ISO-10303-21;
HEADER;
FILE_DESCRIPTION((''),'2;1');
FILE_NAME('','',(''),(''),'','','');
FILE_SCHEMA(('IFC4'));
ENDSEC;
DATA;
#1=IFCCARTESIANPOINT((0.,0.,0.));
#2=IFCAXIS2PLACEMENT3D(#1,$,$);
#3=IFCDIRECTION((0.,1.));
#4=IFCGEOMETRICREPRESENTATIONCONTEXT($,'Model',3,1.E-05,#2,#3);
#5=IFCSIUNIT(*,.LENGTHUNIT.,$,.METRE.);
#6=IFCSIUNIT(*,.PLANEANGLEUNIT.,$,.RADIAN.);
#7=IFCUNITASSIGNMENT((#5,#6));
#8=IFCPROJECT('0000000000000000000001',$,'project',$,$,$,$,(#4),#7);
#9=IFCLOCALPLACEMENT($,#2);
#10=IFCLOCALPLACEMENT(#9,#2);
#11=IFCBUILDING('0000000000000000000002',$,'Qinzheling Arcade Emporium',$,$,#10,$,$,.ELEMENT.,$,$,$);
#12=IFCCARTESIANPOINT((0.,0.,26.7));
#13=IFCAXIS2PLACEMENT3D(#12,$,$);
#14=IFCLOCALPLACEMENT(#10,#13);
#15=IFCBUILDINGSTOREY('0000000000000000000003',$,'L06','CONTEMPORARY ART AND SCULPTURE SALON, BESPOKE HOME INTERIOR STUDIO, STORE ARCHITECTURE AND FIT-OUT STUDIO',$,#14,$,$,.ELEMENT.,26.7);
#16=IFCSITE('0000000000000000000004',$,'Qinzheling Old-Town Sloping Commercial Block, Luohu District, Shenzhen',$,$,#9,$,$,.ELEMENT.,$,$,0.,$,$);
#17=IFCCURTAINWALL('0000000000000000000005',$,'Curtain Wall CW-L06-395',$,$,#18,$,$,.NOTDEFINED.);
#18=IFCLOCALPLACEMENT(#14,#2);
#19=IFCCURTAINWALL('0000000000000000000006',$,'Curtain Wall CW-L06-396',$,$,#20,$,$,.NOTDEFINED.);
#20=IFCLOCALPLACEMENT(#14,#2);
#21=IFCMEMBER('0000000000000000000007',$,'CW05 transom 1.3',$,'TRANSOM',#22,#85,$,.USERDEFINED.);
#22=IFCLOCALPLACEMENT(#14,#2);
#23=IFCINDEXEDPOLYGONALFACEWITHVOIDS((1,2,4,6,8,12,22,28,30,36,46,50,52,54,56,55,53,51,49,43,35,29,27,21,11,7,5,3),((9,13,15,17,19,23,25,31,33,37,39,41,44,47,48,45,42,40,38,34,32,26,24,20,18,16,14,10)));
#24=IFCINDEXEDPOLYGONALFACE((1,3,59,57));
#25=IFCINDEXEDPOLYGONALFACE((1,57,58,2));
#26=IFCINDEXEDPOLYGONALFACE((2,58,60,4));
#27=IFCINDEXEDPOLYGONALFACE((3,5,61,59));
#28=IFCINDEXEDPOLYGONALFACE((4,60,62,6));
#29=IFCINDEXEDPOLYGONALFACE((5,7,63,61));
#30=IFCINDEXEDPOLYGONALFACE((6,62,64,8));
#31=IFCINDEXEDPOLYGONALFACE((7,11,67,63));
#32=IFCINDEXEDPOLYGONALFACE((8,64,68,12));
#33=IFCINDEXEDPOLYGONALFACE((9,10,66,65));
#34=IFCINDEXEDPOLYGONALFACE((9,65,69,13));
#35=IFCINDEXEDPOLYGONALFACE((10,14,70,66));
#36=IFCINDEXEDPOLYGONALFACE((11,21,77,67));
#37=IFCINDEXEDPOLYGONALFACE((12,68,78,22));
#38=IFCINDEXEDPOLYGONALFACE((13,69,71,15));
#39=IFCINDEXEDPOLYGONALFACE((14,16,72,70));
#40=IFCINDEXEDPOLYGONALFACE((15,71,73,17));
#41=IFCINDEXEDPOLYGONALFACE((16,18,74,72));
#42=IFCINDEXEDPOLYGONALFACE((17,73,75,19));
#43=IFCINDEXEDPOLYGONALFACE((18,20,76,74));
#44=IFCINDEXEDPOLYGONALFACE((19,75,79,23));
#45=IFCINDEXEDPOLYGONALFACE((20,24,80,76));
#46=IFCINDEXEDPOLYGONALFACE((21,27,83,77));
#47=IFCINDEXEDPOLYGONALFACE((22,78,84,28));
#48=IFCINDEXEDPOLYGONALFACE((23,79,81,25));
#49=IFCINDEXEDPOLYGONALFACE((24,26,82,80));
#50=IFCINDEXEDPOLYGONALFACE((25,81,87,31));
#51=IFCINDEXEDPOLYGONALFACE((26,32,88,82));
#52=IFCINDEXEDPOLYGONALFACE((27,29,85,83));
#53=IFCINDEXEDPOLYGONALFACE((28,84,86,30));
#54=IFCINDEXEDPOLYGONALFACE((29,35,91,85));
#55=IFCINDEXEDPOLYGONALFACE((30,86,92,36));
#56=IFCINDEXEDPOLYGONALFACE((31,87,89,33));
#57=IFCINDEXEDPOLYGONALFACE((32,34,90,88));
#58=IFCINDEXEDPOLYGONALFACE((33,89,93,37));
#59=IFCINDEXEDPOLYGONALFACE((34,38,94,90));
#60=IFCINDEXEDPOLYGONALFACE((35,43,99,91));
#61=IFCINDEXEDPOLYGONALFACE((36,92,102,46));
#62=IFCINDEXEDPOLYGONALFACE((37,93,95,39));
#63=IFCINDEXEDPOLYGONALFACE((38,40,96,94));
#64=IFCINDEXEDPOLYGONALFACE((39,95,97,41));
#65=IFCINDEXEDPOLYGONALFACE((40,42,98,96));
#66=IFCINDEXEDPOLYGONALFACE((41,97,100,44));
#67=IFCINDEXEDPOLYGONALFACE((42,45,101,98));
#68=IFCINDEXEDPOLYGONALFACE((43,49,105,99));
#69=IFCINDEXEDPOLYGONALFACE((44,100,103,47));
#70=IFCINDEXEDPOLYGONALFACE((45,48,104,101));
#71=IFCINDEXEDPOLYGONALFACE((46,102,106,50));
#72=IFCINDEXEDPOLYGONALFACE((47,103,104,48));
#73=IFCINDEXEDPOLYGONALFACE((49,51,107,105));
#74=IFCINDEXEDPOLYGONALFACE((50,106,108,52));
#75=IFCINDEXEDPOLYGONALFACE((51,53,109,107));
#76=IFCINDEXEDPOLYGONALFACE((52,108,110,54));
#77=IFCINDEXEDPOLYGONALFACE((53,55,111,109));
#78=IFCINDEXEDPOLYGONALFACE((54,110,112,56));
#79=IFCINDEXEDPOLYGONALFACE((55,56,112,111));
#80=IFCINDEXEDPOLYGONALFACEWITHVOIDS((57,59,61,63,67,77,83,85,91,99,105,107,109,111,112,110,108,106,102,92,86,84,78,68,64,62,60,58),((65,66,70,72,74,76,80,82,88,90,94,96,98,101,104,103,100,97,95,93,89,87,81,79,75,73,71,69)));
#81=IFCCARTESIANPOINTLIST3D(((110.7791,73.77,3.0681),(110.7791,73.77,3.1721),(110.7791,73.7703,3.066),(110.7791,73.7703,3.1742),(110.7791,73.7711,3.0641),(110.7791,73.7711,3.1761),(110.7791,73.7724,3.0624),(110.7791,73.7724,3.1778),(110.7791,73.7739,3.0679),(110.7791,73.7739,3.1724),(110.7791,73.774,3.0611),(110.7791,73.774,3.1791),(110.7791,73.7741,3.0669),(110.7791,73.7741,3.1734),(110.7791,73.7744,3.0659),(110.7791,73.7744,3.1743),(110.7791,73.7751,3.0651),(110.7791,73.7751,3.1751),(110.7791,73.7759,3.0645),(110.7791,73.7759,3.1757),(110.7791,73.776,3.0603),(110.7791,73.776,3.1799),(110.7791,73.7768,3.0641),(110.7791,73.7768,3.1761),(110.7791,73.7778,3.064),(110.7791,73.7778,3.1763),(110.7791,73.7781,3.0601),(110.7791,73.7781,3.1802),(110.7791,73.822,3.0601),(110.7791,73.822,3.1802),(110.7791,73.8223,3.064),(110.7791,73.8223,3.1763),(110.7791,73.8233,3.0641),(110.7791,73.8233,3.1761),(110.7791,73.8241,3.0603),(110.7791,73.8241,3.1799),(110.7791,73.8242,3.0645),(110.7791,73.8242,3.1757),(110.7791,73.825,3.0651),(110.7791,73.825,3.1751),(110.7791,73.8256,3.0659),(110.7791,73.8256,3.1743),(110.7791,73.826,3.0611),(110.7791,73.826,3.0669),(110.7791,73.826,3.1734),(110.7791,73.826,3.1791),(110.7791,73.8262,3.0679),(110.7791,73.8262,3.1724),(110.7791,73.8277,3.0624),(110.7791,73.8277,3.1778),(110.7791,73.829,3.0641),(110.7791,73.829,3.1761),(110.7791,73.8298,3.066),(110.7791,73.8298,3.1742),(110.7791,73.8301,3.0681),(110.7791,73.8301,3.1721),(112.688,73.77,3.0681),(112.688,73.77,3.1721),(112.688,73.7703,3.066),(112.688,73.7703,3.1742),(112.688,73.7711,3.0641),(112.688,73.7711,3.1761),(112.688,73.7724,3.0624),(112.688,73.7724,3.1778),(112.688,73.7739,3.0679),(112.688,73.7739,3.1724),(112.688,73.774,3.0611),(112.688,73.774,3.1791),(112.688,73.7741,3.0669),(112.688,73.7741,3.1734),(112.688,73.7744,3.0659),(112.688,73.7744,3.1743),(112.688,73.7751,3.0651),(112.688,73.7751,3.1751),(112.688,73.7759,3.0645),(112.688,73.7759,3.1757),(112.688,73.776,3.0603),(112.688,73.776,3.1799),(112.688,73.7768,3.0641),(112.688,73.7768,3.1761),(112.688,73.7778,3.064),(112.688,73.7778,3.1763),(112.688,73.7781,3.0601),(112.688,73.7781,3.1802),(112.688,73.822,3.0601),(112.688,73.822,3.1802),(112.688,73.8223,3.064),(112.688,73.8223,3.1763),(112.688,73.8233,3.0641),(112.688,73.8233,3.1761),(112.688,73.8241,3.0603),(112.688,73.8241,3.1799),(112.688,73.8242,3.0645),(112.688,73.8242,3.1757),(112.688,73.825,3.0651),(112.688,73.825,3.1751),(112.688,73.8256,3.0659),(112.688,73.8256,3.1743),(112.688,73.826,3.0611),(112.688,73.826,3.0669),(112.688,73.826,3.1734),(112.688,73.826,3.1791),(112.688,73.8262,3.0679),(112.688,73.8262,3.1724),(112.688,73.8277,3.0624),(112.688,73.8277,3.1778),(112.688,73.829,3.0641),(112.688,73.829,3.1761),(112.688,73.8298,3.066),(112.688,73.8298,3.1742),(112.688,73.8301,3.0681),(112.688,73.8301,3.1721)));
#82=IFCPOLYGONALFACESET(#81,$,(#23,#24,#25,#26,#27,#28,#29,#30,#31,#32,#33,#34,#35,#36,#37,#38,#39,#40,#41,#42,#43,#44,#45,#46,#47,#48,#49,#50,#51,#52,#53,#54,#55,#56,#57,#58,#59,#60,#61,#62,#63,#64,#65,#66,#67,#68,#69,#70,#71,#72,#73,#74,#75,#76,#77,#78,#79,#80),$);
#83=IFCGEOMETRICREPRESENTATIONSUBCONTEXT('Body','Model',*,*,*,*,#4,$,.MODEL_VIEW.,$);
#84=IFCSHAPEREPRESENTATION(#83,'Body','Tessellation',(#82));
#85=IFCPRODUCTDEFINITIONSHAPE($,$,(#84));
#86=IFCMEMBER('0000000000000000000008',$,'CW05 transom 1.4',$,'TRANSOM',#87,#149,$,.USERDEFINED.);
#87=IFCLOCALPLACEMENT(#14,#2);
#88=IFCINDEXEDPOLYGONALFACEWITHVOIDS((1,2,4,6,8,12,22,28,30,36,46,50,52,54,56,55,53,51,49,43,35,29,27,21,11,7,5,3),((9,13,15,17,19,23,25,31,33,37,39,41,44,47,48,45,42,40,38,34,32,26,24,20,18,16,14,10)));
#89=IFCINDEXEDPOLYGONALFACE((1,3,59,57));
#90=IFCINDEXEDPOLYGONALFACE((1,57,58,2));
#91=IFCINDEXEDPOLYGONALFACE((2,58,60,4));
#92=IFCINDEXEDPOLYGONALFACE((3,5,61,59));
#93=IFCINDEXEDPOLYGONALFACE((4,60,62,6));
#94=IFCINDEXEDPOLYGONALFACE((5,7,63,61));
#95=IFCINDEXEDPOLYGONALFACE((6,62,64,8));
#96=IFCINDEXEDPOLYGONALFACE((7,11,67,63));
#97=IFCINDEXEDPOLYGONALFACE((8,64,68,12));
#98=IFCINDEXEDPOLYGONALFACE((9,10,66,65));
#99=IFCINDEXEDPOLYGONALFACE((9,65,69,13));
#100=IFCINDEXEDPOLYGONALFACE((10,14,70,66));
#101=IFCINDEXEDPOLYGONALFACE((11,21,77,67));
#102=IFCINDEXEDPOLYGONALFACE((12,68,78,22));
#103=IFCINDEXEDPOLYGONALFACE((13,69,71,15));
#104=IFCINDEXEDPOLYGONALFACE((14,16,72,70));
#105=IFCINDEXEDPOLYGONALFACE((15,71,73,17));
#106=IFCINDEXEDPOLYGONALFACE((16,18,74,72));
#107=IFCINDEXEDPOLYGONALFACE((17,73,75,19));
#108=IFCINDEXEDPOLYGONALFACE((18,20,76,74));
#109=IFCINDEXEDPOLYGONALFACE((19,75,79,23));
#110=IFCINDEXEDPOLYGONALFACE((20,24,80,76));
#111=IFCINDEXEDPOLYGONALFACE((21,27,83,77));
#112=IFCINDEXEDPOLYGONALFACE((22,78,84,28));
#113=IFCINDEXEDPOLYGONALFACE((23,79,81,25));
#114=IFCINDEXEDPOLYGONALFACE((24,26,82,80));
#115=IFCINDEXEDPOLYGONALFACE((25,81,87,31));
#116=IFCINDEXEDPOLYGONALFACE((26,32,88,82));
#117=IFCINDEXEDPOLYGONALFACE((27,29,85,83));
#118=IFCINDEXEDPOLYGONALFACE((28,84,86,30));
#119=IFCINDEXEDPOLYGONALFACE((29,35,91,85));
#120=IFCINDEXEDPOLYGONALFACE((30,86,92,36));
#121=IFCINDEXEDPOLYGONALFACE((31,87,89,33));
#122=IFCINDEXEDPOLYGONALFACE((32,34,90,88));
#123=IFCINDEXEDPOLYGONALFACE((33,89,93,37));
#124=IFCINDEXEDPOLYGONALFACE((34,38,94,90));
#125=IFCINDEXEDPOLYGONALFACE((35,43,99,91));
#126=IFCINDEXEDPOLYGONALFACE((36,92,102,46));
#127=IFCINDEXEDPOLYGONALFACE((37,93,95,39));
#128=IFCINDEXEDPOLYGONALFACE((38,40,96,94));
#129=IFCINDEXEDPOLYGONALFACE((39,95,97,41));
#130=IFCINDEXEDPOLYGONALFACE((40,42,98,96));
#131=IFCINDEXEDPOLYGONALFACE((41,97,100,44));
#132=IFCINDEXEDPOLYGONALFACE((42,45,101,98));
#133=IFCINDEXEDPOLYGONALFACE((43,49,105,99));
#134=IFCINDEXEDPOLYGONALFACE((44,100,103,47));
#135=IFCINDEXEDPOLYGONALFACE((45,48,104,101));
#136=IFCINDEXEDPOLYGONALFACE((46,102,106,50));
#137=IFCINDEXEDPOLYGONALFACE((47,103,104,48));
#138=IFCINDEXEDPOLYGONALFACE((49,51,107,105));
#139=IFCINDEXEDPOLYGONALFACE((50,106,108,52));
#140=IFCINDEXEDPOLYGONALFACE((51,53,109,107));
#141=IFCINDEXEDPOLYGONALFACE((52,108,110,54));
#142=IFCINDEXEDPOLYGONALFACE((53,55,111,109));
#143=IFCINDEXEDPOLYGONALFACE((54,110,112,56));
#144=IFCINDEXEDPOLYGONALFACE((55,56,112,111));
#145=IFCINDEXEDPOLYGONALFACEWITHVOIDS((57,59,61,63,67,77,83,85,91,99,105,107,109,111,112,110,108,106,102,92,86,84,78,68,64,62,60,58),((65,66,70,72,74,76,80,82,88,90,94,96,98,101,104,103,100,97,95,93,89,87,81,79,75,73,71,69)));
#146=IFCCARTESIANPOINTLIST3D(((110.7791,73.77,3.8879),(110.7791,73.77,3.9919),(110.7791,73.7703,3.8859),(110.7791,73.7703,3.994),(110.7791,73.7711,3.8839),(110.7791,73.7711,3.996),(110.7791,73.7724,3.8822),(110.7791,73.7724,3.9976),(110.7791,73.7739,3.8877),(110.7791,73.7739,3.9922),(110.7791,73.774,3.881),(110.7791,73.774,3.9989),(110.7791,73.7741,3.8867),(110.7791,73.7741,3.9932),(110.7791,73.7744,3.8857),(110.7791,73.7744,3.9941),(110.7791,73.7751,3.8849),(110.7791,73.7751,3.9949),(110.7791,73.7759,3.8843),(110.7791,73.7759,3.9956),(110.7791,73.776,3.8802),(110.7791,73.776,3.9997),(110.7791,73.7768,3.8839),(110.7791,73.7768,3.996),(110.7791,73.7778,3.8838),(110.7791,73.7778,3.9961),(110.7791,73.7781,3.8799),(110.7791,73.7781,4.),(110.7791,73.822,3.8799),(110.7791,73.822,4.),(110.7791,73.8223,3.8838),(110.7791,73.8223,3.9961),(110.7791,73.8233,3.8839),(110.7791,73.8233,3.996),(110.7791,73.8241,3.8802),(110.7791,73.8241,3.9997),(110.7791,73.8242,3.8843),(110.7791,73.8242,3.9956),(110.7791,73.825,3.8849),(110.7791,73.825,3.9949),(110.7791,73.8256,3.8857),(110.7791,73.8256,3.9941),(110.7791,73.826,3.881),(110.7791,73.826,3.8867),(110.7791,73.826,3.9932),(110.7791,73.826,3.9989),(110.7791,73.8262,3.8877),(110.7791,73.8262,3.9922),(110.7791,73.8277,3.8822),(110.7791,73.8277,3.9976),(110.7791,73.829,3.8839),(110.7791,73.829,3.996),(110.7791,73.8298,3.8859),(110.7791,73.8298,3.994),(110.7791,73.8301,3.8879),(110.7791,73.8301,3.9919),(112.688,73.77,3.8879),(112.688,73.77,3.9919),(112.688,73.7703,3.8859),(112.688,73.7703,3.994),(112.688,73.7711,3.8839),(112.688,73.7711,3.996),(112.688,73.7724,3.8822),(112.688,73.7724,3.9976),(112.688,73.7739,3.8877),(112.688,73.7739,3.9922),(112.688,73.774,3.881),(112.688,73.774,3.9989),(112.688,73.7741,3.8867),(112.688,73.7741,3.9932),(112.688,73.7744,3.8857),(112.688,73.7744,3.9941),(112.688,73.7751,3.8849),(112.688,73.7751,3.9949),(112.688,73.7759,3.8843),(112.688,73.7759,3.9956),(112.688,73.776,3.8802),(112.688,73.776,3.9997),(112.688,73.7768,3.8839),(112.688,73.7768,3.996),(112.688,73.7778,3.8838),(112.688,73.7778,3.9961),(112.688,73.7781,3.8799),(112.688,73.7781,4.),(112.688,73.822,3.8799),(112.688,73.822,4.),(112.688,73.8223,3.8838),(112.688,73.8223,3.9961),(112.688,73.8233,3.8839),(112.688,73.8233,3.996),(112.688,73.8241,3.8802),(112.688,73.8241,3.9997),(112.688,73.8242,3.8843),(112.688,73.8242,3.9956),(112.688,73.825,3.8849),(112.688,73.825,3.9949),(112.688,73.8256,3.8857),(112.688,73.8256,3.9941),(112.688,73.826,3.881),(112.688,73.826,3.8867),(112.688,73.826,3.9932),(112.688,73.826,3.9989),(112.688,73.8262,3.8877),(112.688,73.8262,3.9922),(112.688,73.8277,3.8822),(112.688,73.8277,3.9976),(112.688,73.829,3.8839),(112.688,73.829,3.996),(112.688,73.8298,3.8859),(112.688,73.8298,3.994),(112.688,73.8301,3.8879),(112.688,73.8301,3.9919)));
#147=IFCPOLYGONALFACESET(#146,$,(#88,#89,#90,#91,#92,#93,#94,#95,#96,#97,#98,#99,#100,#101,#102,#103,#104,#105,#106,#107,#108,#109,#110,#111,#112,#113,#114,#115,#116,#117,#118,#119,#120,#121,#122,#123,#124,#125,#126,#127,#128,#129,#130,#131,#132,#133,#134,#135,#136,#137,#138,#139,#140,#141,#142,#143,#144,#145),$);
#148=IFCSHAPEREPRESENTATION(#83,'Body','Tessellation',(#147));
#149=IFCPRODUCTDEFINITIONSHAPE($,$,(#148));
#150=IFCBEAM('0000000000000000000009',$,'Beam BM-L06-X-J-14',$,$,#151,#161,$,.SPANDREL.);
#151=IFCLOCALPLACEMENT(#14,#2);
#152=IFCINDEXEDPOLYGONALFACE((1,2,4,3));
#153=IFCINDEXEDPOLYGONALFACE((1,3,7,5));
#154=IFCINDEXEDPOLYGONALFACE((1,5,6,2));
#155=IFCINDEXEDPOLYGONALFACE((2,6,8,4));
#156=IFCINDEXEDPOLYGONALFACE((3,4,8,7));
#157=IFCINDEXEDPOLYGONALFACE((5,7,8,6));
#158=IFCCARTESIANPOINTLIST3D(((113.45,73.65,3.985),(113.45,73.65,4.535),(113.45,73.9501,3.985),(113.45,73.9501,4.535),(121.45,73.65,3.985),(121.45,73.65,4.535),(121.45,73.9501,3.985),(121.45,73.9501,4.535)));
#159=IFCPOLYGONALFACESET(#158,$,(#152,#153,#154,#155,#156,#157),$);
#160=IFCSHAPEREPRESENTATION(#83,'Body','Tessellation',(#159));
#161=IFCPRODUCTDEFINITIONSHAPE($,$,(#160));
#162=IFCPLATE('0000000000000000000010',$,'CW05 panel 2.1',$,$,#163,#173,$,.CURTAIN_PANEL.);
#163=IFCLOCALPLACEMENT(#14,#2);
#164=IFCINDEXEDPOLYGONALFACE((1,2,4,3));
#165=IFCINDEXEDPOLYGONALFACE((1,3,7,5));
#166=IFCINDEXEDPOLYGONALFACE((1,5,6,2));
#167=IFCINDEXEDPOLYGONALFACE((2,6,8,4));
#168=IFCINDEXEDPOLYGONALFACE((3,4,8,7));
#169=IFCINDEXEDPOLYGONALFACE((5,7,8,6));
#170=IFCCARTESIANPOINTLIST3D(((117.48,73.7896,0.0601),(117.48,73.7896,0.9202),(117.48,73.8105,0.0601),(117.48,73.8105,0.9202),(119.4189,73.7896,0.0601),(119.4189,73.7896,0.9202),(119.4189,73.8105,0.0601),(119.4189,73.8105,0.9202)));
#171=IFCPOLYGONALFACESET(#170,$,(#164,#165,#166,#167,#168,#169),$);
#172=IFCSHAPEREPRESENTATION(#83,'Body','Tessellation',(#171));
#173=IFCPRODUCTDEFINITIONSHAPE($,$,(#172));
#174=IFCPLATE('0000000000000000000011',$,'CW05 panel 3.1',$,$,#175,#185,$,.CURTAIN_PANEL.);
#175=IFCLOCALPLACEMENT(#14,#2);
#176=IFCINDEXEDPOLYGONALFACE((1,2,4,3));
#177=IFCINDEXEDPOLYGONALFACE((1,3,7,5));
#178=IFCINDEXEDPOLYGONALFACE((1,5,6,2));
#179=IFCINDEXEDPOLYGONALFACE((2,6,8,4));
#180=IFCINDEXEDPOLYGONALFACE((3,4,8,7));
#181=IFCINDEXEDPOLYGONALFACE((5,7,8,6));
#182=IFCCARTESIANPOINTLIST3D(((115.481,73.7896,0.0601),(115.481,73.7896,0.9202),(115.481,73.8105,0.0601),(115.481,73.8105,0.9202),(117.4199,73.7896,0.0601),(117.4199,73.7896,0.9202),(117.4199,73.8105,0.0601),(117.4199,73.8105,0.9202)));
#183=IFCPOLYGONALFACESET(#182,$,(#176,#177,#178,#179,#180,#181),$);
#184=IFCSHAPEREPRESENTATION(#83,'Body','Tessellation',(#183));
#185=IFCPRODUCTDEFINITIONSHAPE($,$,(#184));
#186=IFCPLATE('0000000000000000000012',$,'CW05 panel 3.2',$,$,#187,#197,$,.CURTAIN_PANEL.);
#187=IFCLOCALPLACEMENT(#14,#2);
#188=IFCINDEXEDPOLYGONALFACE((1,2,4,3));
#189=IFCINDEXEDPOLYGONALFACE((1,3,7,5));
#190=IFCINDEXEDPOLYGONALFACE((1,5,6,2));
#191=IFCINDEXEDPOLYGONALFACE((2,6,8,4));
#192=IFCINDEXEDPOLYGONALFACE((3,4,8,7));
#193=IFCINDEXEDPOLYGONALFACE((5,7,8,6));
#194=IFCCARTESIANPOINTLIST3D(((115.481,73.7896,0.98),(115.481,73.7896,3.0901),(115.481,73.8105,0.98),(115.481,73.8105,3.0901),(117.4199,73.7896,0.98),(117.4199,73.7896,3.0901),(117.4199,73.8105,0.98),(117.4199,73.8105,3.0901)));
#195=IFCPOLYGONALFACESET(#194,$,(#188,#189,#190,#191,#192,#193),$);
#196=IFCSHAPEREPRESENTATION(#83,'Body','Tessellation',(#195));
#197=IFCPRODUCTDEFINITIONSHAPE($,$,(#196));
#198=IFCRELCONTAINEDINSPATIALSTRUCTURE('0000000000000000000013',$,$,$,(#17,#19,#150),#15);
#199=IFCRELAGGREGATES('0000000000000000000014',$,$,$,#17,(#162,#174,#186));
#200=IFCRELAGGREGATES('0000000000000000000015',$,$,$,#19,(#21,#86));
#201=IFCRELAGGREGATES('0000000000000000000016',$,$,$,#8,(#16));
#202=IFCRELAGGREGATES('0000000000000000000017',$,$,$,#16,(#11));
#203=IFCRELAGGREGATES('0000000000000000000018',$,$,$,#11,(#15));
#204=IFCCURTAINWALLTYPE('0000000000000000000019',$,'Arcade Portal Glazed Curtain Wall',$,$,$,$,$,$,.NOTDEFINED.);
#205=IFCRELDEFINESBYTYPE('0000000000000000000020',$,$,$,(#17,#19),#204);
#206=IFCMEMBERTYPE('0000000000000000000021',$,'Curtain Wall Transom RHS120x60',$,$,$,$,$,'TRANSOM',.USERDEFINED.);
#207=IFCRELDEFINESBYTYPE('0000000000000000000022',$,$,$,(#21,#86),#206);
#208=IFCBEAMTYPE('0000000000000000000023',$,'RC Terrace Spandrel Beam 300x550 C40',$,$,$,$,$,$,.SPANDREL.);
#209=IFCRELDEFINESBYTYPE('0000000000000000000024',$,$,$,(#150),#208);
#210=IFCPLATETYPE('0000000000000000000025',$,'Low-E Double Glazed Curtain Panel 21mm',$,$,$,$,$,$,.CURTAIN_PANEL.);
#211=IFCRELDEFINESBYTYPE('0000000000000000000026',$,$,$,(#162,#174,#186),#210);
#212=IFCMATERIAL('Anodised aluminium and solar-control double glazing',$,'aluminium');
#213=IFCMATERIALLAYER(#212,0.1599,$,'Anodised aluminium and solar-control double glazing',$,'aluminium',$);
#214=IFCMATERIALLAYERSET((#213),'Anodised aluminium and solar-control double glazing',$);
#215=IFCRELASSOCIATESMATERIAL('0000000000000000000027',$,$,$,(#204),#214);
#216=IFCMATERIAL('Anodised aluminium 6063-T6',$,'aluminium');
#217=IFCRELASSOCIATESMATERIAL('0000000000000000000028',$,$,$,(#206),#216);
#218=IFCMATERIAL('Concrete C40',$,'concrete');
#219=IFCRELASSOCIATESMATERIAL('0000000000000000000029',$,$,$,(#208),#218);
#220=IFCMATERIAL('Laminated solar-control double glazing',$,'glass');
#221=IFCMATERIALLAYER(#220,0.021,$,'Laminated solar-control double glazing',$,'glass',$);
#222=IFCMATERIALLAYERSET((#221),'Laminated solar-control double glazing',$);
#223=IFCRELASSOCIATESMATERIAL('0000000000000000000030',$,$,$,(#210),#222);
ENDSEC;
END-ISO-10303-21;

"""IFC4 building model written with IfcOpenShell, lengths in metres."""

from ifc_helpers import new_model, si_unit, direction, frame, origin, origin_2d, place, context, subcontext, project, spatial, rectangle, hollow_rectangle, extrude, material, layer, layer_set, material_profile, profile_set, type_object, element, aggregate, save


model = new_model("IFC4")

# Units and contexts
model_context = context("Model", 3, precision=1e-05, world=origin(), true_north=direction((0.0, 1.0)))
body_context = subcontext(model_context, "Body", "Model", "MODEL_VIEW")
ifc_project = project(units=[si_unit("LENGTHUNIT", "METRE"), si_unit("PLANEANGLEUNIT", "RADIAN")], contexts=[model_context])

# Site, building, storey
site_placement = place(None, origin())
site = spatial("IfcSite", under=ifc_project, at=site_placement, Name="Qinzheling Old-Town Sloping Commercial Block, Luohu District, Shenzhen", CompositionType="ELEMENT", RefElevation=0.0)
building_placement = place(site_placement, origin())
building = spatial("IfcBuilding", under=site, at=building_placement, Name="Qinzheling Arcade Emporium", CompositionType="ELEMENT")
storey_placement = place(building_placement, frame((0.0, 0.0, 26.7)))
storey = spatial("IfcBuildingStorey", under=building, at=storey_placement, Name="L06", Description="CONTEMPORARY ART AND SCULPTURE SALON, BESPOKE HOME INTERIOR STUDIO, STORE ARCHITECTURE AND FIT-OUT STUDIO", CompositionType="ELEMENT", Elevation=26.7)

# Shared definitions
ifc_material_1 = material(Name="Concrete C40", Category="concrete")

# Curtain wall
ifc_material_2 = material(Name="Anodised aluminium and solar-control double glazing", Category="aluminium")
ifc_layer_1 = layer(ifc_material_2, 0.1599, Name="Anodised aluminium and solar-control double glazing", Category="aluminium")
ifc_layer_set_1 = layer_set([ifc_layer_1], Name="Anodised aluminium and solar-control double glazing")
curtain_wall_type = type_object("IfcCurtainWallType", Name="Arcade Portal Glazed Curtain Wall", PredefinedType="NOTDEFINED", material=ifc_layer_set_1)
curtain_wall_1_placement = place(storey_placement, origin())
curtain_wall_1 = element("IfcCurtainWall", 1, at=curtain_wall_1_placement, inside=storey, type_object=curtain_wall_type, Name="Curtain Wall CW-L06-395", PredefinedType="NOTDEFINED")
ifc_material_3 = material(Name="Anodised aluminium 6063-T6", Category="aluminium")

# Curtain wall
curtain_wall_2_placement = place(storey_placement, origin())
curtain_wall_2 = element("IfcCurtainWall", 2, at=curtain_wall_2_placement, inside=storey, type_object=curtain_wall_type, Name="Curtain Wall CW-L06-396", PredefinedType="NOTDEFINED")

# Members
ifc_material_profile_1 = material_profile(ifc_material_3, hollow_rectangle(XDim=0.0601, YDim=0.1201, WallThickness=0.0039, InnerFilletRadius=0.0039, OuterFilletRadius=0.0081, at=origin_2d()), Name="RHS 120x60x4", Category="aluminium")
ifc_profile_set_1 = profile_set([ifc_material_profile_1], Name="Anodised aluminium 6063-T6")
member_type_1 = type_object("IfcMemberType", Name="Curtain Wall Transom RHS120x60", ElementType="TRANSOM", PredefinedType="USERDEFINED", material=ifc_profile_set_1)
member_1_placement = place(storey_placement, frame((112.688, 73.8, 3.1201), z_axis=(-1.0, 0.0, 0.0), x_axis=(0.0, -1.0, 0.0)))
member_1 = element("IfcMember", 3, at=member_1_placement, type_object=member_type_1, Name="CW05 transom 1.3", ObjectType="TRANSOM", PredefinedType="USERDEFINED", context=body_context, shape_type="SweptSolid", body=[
    extrude(hollow_rectangle(XDim=0.0601, YDim=0.1201, WallThickness=0.0039, InnerFilletRadius=0.0039, OuterFilletRadius=0.0081, at=origin_2d()), origin(), (0.0, 0.0, 1.0), 1.9089),
])
member_2_placement = place(storey_placement, frame((112.688, 73.8, 3.9399), z_axis=(-1.0, 0.0, 0.0), x_axis=(0.0, -1.0, 0.0)))
member_2 = element("IfcMember", 4, at=member_2_placement, type_object=member_type_1, Name="CW05 transom 1.4", ObjectType="TRANSOM", PredefinedType="USERDEFINED", context=body_context, shape_type="SweptSolid", body=[
    extrude(hollow_rectangle(XDim=0.0601, YDim=0.1201, WallThickness=0.0039, InnerFilletRadius=0.0039, OuterFilletRadius=0.0081, at=origin_2d()), origin(), (0.0, 0.0, 1.0), 1.9089),
])

# Beam
ifc_material_profile_2 = material_profile(ifc_material_1, rectangle(XDim=0.3, YDim=0.55, at=origin_2d()), Name="RC 300x550", Category="concrete")
ifc_profile_set_2 = profile_set([ifc_material_profile_2], Name="Concrete C40")
beam_type = type_object("IfcBeamType", Name="RC Terrace Spandrel Beam 300x550 C40", PredefinedType="SPANDREL", material=ifc_profile_set_2)
beam_placement = place(storey_placement, frame((113.45, 73.8, 4.26), z_axis=(1.0, 0.0, 0.0), x_axis=(0.0, 1.0, 0.0)))
element("IfcBeam", 5, at=beam_placement, inside=storey, type_object=beam_type, Name="Beam BM-L06-X-J-14", PredefinedType="SPANDREL", context=body_context, shape_type="SweptSolid", body=[
    extrude(rectangle(XDim=0.3, YDim=0.55, at=origin_2d()), origin(), (0.0, 0.0, 1.0), 8.0),
])

# Plates
ifc_material_4 = material(Name="Laminated solar-control double glazing", Category="glass")
ifc_layer_2 = layer(ifc_material_4, 0.021, Name="Laminated solar-control double glazing", Category="glass")
ifc_layer_set_2 = layer_set([ifc_layer_2], Name="Laminated solar-control double glazing")
plate_type_1 = type_object("IfcPlateType", Name="Low-E Double Glazed Curtain Panel 21mm", PredefinedType="CURTAIN_PANEL", material=ifc_layer_set_2)
plate_1_placement = place(storey_placement, frame((118.4495, 73.8, 0.0601), z_axis=(0.0, 0.0, 1.0), x_axis=(-1.0, 0.0, 0.0)))
plate_1 = element("IfcPlate", 6, at=plate_1_placement, type_object=plate_type_1, Name="CW05 panel 2.1", PredefinedType="CURTAIN_PANEL", context=body_context, shape_type="SweptSolid", body=[
    extrude(rectangle(XDim=1.939, YDim=0.021, at=origin_2d()), origin(), (0.0, 0.0, 1.0), 0.8601),
])
plate_2_placement = place(storey_placement, frame((116.4504, 73.8, 0.0601), z_axis=(0.0, 0.0, 1.0), x_axis=(-1.0, 0.0, 0.0)))
plate_2 = element("IfcPlate", 7, at=plate_2_placement, type_object=plate_type_1, Name="CW05 panel 3.1", PredefinedType="CURTAIN_PANEL", context=body_context, shape_type="SweptSolid", body=[
    extrude(rectangle(XDim=1.939, YDim=0.021, at=origin_2d()), origin(), (0.0, 0.0, 1.0), 0.8601),
])
plate_3_placement = place(storey_placement, frame((116.4504, 73.8, 0.98), z_axis=(0.0, 0.0, 1.0), x_axis=(-1.0, 0.0, 0.0)))
plate_3 = element("IfcPlate", 8, at=plate_3_placement, type_object=plate_type_1, Name="CW05 panel 3.2", PredefinedType="CURTAIN_PANEL", context=body_context, shape_type="SweptSolid", body=[
    extrude(rectangle(XDim=1.939, YDim=0.021, at=origin_2d()), origin(), (0.0, 0.0, 1.0), 2.1101),
])
aggregate(curtain_wall_1, [plate_1, plate_2, plate_3])
aggregate(curtain_wall_2, [member_1, member_2])

save(model, "model.ifc")
